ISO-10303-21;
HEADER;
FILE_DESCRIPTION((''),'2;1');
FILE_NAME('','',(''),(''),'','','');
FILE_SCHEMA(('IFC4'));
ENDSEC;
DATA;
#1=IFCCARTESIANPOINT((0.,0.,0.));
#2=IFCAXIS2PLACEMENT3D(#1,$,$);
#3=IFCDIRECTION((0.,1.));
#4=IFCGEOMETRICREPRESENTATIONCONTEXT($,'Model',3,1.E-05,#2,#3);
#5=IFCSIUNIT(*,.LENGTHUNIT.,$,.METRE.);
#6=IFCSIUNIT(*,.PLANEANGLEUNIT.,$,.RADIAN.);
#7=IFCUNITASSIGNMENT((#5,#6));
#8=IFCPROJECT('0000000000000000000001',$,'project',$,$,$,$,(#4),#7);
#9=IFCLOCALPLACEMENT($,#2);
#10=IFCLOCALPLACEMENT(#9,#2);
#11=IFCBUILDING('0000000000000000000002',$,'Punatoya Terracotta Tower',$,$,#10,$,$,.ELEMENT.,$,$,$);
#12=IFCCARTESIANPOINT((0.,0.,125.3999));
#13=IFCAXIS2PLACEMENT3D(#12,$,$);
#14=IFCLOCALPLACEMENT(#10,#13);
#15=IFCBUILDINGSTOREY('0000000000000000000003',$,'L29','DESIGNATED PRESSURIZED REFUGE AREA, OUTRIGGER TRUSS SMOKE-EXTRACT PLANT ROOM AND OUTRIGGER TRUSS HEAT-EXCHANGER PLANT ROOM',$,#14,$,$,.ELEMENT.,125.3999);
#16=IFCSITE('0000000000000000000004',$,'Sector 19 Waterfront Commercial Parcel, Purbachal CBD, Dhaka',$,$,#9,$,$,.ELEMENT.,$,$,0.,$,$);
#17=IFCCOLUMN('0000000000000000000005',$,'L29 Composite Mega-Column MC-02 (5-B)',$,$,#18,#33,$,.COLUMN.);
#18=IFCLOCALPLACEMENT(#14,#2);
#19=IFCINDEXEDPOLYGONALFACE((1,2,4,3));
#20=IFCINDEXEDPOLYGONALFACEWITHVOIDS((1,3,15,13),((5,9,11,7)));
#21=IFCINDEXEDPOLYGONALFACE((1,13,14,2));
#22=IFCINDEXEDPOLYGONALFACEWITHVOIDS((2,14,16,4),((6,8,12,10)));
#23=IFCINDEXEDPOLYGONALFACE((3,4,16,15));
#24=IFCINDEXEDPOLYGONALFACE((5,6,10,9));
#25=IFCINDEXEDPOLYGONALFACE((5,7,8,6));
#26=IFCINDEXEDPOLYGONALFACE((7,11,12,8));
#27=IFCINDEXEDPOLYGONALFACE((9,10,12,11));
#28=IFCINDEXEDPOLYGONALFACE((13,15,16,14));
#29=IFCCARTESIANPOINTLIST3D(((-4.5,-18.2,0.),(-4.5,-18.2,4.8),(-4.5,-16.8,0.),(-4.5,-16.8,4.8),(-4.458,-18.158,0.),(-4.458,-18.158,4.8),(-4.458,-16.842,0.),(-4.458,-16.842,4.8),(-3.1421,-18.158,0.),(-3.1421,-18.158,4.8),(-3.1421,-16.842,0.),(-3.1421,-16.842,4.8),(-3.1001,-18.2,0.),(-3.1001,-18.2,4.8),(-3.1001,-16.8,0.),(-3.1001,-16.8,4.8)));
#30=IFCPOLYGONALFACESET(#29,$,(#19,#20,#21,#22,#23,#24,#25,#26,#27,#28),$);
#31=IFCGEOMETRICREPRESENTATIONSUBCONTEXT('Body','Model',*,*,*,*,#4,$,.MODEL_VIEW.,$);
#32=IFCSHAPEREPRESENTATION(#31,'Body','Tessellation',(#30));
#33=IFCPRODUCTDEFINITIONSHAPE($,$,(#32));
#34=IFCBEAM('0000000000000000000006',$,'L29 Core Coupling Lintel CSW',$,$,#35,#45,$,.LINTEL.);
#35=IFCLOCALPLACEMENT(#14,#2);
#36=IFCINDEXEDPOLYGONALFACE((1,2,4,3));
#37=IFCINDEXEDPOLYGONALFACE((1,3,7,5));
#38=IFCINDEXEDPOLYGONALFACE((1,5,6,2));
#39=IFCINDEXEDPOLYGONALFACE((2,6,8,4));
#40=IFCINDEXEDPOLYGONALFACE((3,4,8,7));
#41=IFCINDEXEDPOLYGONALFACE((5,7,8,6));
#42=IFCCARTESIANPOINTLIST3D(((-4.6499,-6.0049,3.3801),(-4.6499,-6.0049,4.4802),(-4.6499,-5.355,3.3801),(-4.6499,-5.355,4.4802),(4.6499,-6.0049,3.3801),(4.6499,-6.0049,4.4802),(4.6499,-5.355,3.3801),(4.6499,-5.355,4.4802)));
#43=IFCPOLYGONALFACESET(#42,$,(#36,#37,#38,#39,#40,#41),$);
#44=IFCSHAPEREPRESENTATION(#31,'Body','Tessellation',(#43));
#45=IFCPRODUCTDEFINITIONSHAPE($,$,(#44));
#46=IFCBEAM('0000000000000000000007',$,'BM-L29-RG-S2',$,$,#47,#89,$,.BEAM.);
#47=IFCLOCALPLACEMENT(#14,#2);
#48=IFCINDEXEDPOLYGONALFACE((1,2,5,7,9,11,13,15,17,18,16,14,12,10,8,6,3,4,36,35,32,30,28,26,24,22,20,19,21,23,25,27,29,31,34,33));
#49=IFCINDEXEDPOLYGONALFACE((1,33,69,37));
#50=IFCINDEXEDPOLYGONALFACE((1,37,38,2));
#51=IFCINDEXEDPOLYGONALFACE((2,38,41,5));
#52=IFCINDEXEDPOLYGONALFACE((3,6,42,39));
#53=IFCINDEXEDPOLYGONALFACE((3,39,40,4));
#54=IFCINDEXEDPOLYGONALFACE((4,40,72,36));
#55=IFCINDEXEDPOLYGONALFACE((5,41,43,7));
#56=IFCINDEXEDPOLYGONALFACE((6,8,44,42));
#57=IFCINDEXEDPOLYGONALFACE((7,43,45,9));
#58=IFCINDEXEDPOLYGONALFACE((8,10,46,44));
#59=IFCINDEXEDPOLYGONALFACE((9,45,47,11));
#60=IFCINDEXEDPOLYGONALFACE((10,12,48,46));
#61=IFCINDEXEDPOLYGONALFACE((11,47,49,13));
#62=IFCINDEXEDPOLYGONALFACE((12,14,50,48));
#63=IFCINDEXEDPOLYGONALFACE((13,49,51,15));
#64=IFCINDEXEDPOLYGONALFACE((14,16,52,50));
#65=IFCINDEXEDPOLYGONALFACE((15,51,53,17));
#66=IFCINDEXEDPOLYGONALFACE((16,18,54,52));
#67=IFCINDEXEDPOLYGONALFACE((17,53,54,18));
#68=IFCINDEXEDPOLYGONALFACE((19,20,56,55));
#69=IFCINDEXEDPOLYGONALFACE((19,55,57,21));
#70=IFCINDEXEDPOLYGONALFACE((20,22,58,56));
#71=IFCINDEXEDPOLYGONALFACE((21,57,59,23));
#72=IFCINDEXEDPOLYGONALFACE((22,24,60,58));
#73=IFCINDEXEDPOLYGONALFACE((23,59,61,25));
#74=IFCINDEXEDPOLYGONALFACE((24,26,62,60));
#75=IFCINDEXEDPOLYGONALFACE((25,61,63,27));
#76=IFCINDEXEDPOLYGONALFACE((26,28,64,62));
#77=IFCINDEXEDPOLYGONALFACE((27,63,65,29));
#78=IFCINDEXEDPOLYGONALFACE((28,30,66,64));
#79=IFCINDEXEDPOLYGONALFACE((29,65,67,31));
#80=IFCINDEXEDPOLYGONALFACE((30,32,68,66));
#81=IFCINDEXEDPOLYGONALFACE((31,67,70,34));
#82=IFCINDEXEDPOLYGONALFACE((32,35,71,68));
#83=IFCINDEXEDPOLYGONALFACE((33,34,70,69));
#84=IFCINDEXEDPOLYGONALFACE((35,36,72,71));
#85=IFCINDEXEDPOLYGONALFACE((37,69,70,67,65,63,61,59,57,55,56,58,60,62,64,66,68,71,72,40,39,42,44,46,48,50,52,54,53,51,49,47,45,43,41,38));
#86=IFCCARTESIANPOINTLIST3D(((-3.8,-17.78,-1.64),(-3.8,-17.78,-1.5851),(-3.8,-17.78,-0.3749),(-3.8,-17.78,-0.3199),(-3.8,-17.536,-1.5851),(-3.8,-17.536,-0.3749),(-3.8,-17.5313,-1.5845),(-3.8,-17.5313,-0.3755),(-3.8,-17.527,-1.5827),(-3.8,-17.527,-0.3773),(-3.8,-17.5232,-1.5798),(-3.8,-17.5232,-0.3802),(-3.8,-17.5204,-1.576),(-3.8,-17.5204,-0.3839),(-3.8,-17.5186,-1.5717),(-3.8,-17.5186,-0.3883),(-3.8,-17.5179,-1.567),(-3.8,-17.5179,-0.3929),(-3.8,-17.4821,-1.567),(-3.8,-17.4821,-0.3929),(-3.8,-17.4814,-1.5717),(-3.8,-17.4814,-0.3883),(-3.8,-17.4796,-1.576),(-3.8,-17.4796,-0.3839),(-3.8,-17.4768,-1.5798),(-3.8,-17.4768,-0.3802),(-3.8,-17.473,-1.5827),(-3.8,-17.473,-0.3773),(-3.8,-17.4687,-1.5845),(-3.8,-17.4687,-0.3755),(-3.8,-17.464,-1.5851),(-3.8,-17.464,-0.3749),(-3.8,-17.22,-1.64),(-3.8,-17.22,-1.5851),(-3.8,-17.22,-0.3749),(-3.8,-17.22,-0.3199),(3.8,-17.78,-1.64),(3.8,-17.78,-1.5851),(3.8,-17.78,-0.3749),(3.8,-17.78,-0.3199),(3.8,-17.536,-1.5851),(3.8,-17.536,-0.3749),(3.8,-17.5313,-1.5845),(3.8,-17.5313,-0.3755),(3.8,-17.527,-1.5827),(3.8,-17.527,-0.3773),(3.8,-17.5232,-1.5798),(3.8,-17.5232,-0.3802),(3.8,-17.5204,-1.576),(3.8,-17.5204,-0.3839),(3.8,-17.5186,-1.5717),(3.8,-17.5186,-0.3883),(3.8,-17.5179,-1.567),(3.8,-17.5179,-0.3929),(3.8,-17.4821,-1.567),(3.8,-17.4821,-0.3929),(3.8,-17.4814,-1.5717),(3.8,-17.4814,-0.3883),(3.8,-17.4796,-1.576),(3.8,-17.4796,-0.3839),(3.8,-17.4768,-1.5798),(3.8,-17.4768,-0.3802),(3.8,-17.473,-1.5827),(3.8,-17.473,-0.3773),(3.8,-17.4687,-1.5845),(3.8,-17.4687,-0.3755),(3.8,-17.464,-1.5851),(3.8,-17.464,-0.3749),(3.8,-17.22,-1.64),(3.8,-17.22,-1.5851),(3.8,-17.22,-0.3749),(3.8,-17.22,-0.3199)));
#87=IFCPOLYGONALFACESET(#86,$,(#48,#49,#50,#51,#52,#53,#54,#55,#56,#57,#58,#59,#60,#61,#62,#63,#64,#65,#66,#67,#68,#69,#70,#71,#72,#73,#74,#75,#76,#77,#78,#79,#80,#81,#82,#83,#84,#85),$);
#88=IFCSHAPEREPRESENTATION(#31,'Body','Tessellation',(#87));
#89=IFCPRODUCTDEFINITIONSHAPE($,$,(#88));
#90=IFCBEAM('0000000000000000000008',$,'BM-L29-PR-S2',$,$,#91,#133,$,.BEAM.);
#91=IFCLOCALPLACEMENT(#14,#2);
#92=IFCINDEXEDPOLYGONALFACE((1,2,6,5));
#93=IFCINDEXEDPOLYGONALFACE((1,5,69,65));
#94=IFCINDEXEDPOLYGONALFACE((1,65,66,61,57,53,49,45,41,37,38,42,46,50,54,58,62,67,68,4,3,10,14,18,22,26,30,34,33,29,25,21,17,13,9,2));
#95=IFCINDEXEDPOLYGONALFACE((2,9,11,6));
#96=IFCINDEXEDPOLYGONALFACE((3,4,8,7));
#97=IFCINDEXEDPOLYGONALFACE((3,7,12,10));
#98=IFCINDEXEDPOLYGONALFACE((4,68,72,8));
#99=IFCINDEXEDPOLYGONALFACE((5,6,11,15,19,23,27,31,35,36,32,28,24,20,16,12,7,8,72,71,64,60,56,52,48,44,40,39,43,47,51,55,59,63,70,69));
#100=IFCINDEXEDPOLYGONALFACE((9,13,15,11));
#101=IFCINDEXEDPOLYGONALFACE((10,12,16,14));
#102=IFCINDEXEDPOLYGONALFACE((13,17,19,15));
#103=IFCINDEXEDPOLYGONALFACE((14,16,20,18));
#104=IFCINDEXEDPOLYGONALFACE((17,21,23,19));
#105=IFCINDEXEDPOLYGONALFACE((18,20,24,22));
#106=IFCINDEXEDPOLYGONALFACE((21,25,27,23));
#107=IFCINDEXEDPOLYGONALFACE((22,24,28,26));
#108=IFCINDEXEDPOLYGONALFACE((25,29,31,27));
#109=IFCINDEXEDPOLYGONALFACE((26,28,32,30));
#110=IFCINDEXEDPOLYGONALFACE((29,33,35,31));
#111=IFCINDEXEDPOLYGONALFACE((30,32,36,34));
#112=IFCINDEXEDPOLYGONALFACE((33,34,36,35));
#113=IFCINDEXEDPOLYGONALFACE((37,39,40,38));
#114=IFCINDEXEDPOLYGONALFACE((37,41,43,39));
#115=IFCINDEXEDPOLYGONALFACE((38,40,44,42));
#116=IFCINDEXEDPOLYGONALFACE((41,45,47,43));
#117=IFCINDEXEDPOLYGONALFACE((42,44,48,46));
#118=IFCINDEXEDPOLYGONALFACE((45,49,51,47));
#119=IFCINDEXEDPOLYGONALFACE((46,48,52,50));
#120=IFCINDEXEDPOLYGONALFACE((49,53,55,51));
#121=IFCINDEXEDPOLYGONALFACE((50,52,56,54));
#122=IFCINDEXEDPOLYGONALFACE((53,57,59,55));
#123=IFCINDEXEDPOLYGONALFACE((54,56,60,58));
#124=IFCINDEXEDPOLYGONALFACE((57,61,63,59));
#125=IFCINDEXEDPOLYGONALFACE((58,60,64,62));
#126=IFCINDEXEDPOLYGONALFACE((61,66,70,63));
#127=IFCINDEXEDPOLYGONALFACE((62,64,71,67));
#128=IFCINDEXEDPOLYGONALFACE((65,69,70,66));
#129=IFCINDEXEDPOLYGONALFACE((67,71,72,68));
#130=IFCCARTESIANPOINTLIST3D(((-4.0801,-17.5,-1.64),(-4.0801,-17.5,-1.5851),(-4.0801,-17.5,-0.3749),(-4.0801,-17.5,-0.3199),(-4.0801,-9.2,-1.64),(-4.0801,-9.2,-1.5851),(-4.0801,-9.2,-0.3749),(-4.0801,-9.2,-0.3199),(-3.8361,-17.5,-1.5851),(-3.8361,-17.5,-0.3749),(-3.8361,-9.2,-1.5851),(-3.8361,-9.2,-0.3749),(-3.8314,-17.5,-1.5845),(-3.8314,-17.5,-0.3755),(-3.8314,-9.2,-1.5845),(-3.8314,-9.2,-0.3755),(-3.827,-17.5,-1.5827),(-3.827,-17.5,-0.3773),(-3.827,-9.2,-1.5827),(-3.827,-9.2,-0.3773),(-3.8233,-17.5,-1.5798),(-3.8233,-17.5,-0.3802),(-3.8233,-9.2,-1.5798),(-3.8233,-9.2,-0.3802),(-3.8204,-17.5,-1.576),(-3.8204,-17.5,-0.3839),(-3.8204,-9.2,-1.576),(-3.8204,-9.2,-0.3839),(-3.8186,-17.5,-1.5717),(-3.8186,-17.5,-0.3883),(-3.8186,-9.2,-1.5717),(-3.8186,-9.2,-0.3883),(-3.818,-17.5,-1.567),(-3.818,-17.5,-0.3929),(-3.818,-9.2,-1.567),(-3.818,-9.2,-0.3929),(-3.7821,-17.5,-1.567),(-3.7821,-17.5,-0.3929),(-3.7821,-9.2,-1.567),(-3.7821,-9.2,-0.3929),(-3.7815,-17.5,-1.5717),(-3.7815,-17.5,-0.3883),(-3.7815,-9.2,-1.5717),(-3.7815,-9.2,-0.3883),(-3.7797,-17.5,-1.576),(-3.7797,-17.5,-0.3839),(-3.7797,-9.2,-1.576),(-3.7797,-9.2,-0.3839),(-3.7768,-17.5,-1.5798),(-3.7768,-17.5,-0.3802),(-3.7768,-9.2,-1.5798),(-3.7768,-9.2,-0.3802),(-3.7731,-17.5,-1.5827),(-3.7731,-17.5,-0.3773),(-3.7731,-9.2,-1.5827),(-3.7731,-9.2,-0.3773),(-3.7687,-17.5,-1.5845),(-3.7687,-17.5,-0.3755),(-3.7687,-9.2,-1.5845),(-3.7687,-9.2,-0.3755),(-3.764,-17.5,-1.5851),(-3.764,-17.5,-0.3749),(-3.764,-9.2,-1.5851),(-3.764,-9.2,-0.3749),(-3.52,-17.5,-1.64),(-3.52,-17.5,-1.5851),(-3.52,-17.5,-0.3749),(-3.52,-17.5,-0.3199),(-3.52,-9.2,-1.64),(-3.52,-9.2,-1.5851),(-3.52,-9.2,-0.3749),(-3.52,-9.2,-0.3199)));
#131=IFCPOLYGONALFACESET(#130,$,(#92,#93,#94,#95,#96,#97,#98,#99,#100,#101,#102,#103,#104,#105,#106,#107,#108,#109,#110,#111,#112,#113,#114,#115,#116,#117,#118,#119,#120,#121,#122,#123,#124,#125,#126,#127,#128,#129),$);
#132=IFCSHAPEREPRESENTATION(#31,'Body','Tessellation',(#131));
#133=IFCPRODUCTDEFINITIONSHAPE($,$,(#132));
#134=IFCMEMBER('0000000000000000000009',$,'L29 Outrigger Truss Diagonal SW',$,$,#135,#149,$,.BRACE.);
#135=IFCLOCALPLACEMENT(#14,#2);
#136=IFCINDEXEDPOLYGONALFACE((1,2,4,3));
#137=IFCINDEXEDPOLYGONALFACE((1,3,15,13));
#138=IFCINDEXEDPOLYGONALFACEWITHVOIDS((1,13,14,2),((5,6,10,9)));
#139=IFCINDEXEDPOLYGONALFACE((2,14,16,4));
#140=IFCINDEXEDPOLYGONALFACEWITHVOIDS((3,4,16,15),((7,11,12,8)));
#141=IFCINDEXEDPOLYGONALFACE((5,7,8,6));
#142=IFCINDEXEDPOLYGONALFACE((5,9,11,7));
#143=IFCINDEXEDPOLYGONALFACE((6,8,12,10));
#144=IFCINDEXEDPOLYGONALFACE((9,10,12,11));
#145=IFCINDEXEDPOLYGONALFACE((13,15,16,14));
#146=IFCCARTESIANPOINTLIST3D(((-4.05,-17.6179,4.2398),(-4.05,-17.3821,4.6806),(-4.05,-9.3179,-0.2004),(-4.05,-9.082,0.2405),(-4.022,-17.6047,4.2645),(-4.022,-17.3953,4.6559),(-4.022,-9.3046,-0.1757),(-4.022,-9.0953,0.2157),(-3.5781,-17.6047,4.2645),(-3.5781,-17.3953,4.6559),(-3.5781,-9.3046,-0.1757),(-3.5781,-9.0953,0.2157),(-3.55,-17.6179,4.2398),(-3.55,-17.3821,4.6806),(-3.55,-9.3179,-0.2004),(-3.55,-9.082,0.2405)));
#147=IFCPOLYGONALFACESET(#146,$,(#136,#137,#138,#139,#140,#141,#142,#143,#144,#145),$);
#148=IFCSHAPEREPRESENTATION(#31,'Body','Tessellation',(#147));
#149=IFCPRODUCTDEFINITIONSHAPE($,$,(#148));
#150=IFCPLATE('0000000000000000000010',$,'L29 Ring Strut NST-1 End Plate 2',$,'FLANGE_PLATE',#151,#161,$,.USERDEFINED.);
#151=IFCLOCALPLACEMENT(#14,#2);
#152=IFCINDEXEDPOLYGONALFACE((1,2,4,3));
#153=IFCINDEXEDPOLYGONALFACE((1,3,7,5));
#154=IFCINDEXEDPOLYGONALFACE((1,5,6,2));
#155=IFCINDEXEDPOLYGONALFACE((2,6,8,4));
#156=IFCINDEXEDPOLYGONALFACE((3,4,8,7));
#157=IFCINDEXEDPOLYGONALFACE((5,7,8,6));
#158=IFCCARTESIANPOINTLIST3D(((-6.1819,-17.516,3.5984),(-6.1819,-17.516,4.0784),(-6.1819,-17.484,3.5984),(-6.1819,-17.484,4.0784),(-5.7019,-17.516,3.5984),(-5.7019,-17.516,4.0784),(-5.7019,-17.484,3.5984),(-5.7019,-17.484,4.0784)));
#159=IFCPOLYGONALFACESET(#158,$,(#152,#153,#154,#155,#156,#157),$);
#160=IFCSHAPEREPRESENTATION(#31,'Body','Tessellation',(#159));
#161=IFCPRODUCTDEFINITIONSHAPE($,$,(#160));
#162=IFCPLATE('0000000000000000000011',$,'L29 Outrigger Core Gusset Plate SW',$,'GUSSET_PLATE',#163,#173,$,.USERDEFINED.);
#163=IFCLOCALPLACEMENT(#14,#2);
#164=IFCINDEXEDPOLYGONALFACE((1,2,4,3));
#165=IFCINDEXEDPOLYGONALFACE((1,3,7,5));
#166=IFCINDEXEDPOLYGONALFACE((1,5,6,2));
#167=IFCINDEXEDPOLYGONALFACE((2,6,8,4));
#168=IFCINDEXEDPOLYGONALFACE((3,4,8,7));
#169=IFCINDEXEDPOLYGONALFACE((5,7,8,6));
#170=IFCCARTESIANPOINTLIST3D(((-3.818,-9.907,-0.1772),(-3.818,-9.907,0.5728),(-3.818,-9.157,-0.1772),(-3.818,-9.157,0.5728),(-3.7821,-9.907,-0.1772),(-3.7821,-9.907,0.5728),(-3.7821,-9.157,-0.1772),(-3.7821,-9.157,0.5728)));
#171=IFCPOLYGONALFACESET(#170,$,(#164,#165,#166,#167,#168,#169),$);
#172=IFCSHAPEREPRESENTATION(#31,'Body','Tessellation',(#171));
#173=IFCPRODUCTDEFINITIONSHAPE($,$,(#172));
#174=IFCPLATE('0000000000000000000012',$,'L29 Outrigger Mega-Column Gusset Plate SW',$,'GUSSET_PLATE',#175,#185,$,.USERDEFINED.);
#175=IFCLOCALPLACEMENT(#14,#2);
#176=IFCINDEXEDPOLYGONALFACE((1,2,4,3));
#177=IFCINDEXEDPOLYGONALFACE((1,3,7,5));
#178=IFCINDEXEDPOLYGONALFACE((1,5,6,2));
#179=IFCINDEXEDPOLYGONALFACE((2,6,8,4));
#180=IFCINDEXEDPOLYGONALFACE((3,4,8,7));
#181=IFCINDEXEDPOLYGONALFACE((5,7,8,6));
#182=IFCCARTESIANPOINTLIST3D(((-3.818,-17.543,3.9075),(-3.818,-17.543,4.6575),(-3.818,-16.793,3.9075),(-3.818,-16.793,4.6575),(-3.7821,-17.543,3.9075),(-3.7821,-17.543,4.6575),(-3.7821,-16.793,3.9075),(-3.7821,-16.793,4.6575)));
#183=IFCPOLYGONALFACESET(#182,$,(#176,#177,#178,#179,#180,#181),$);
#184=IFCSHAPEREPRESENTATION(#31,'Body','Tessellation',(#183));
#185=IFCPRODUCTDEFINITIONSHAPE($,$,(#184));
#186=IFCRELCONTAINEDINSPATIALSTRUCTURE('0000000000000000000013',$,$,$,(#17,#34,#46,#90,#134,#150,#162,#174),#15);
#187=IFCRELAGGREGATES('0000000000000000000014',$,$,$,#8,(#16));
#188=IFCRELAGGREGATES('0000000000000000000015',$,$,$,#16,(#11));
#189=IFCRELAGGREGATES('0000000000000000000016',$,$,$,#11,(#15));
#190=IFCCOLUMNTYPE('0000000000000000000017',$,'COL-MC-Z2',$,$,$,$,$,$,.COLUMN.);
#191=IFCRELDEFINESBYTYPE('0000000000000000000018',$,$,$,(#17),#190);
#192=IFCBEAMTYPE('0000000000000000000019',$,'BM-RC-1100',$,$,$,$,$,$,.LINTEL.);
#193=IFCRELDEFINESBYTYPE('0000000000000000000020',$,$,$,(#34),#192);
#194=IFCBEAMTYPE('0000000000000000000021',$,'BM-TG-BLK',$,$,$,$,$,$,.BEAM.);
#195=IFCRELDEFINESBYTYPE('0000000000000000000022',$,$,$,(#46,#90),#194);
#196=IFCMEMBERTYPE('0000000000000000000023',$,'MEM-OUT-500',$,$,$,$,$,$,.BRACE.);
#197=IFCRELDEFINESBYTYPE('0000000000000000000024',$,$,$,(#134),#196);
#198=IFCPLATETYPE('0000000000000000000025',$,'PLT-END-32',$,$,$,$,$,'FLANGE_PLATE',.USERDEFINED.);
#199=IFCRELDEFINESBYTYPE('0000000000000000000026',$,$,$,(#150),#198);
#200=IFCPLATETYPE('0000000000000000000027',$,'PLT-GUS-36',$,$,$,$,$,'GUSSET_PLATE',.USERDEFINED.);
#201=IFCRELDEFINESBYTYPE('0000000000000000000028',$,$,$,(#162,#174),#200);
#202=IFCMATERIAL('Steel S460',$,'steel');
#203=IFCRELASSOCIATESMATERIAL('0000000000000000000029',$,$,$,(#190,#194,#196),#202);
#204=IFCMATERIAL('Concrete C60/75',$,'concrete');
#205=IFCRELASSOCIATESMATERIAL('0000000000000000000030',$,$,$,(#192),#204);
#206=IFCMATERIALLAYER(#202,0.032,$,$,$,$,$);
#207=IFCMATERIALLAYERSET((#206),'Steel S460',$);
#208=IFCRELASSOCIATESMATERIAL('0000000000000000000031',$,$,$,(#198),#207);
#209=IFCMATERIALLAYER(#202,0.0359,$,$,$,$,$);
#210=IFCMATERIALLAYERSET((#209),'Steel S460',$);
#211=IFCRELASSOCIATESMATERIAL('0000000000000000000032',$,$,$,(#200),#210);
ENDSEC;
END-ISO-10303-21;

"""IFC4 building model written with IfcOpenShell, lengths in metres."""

from ifc_helpers import new_model, si_unit, direction, frame, origin, origin_2d, place, context, subcontext, project, spatial, rectangle, hollow_rectangle, i_section, extrude, material, layer, layer_set, material_profile, profile_set, type_object, element, save


model = new_model("IFC4")

# Units and contexts
model_context = context("Model", 3, precision=1e-05, world=origin(), true_north=direction((0.0, 1.0)))
body_context = subcontext(model_context, "Body", "Model", "MODEL_VIEW")
ifc_project = project(units=[si_unit("LENGTHUNIT", "METRE"), si_unit("PLANEANGLEUNIT", "RADIAN")], contexts=[model_context])

# Site, building, storey
site_placement = place(None, origin())
site = spatial("IfcSite", under=ifc_project, at=site_placement, Name="Sector 19 Waterfront Commercial Parcel, Purbachal CBD, Dhaka", CompositionType="ELEMENT", RefElevation=0.0)
building_placement = place(site_placement, origin())
building = spatial("IfcBuilding", under=site, at=building_placement, Name="Punatoya Terracotta Tower", CompositionType="ELEMENT")
storey_placement = place(building_placement, frame((0.0, 0.0, 125.3999)))
storey = spatial("IfcBuildingStorey", under=building, at=storey_placement, Name="L29", Description="DESIGNATED PRESSURIZED REFUGE AREA, OUTRIGGER TRUSS SMOKE-EXTRACT PLANT ROOM AND OUTRIGGER TRUSS HEAT-EXCHANGER PLANT ROOM", CompositionType="ELEMENT", Elevation=125.3999)

# Column
ifc_material_1 = material(Name="Steel S460", Category="steel")
ifc_material_profile_1 = material_profile(ifc_material_1, hollow_rectangle(XDim=1.3999, YDim=1.3999, WallThickness=0.042, at=origin_2d()))
ifc_profile_set_1 = profile_set([ifc_material_profile_1], Name="Steel S460")
column_type = type_object("IfcColumnType", Name="COL-MC-Z2", PredefinedType="COLUMN", material=ifc_profile_set_1)
column_placement = place(storey_placement, frame((-3.8, -17.5, 0.0), z_axis=(0.0, 0.0, 1.0), x_axis=(1.0, 0.0, 0.0)))
element("IfcColumn", 1, at=column_placement, inside=storey, type_object=column_type, Name="L29 Composite Mega-Column MC-02 (5-B)", PredefinedType="COLUMN", context=body_context, shape_type="SweptSolid", body=[
    extrude(hollow_rectangle(XDim=1.3999, YDim=1.3999, WallThickness=0.042, at=origin_2d()), origin(), (0.0, 0.0, 1.0), 4.8),
])

# Beams
ifc_material_2 = material(Name="Concrete C60/75", Category="concrete")
ifc_material_profile_2 = material_profile(ifc_material_2, rectangle(XDim=0.6499, YDim=1.1001, at=origin_2d()))
ifc_profile_set_2 = profile_set([ifc_material_profile_2], Name="Concrete C60/75")
beam_type_1 = type_object("IfcBeamType", Name="BM-RC-1100", PredefinedType="LINTEL", material=ifc_profile_set_2)
beam_1_placement = place(storey_placement, frame((-4.6499, -5.6799, 3.9302), z_axis=(1.0, 0.0, 0.0), x_axis=(0.0, 1.0, 0.0)))
element("IfcBeam", 2, at=beam_1_placement, inside=storey, type_object=beam_type_1, Name="L29 Core Coupling Lintel CSW", PredefinedType="LINTEL", context=body_context, shape_type="SweptSolid", body=[
    extrude(rectangle(XDim=0.6499, YDim=1.1001, at=origin_2d()), origin(), (0.0, 0.0, 1.0), 9.2998),
])
ifc_material_profile_3 = material_profile(ifc_material_1, i_section(OverallWidth=0.5601, OverallDepth=1.3201, WebThickness=0.0359, FlangeThickness=0.0549, FilletRadius=0.0181, at=origin_2d()))
ifc_profile_set_3 = profile_set([ifc_material_profile_3], Name="Steel S460")
beam_type_2 = type_object("IfcBeamType", Name="BM-TG-BLK", PredefinedType="BEAM", material=ifc_profile_set_3)
beam_2_placement = place(storey_placement, frame((-3.8, -17.5, -0.98), z_axis=(1.0, 0.0, 0.0), x_axis=(0.0, 1.0, 0.0)))
element("IfcBeam", 3, at=beam_2_placement, inside=storey, type_object=beam_type_2, Name="BM-L29-RG-S2", PredefinedType="BEAM", context=body_context, shape_type="SweptSolid", body=[
    extrude(i_section(OverallWidth=0.5601, OverallDepth=1.3201, WebThickness=0.0359, FlangeThickness=0.0549, FilletRadius=0.0181, at=origin_2d()), origin(), (0.0, 0.0, 1.0), 7.6001),
])
beam_3_placement = place(storey_placement, frame((-3.8, -17.5, -0.98), z_axis=(0.0, 1.0, 0.0), x_axis=(-1.0, 0.0, 0.0)))
element("IfcBeam", 4, at=beam_3_placement, inside=storey, type_object=beam_type_2, Name="BM-L29-PR-S2", PredefinedType="BEAM", context=body_context, shape_type="SweptSolid", body=[
    extrude(i_section(OverallWidth=0.5601, OverallDepth=1.3201, WebThickness=0.0359, FlangeThickness=0.0549, FilletRadius=0.0181, at=origin_2d()), origin(), (0.0, 0.0, 1.0), 8.3),
])

# Member
ifc_material_profile_4 = material_profile(ifc_material_1, hollow_rectangle(XDim=0.5, YDim=0.5, WallThickness=0.0281, at=origin_2d()))
ifc_profile_set_4 = profile_set([ifc_material_profile_4], Name="Steel S460")
member_type = type_object("IfcMemberType", Name="MEM-OUT-500", PredefinedType="BRACE", material=ifc_profile_set_4)
member_placement = place(storey_placement, frame((-3.8, -9.2, 0.02), z_axis=(0.0, -0.881757, 0.471704), x_axis=(1.0, 0.0, 0.0)))
element("IfcMember", 5, at=member_placement, inside=storey, type_object=member_type, Name="L29 Outrigger Truss Diagonal SW", PredefinedType="BRACE", context=body_context, shape_type="SweptSolid", body=[
    extrude(hollow_rectangle(XDim=0.5, YDim=0.5, WallThickness=0.0281, at=origin_2d()), origin(), (0.0, 0.0, 1.0), 9.4131),
])

# Plates
ifc_layer_1 = layer(ifc_material_1, 0.032)
ifc_layer_set_1 = layer_set([ifc_layer_1], Name="Steel S460")
plate_type_1 = type_object("IfcPlateType", Name="PLT-END-32", ElementType="FLANGE_PLATE", PredefinedType="USERDEFINED", material=ifc_layer_set_1)
plate_placement = place(storey_placement, frame((-5.9419, -17.5, 3.5984), z_axis=(0.0, 0.0, 1.0), x_axis=(1.0, 0.0, 0.0)))
element("IfcPlate", 6, at=plate_placement, inside=storey, type_object=plate_type_1, Name="L29 Ring Strut NST-1 End Plate 2", ObjectType="FLANGE_PLATE", PredefinedType="USERDEFINED", context=body_context, shape_type="SweptSolid", body=[
    extrude(rectangle(XDim=0.48, YDim=0.032, at=origin_2d()), origin(), (0.0, 0.0, 1.0), 0.48),
])
ifc_layer_2 = layer(ifc_material_1, 0.0359)
ifc_layer_set_2 = layer_set([ifc_layer_2], Name="Steel S460")
plate_type_2 = type_object("IfcPlateType", Name="PLT-GUS-36", ElementType="GUSSET_PLATE", PredefinedType="USERDEFINED", material=ifc_layer_set_2)
for number, where, z_axis, x_axis, name in (
    (7, (-3.8, -9.532, -0.1772), (0.0, 0.0, 1.0), (0.0, 1.0, 0.0), "L29 Outrigger Core Gusset Plate SW"),
    (8, (-3.8, -17.168, 3.9075), (0.0, 0.0, 1.0), (0.0, 1.0, 0.0), "L29 Outrigger Mega-Column Gusset Plate SW"),
):
    element("IfcPlate", number, at=place(storey_placement, frame(where, z_axis=z_axis, x_axis=x_axis)), inside=storey, type_object=plate_type_2, Name=name, ObjectType="GUSSET_PLATE", PredefinedType="USERDEFINED", context=body_context, shape_type="SweptSolid", body=[
        extrude(rectangle(XDim=0.75, YDim=0.0359, at=origin_2d()), origin(), (0.0, 0.0, 1.0), 0.75),
    ])

save(model, "model.ifc")
